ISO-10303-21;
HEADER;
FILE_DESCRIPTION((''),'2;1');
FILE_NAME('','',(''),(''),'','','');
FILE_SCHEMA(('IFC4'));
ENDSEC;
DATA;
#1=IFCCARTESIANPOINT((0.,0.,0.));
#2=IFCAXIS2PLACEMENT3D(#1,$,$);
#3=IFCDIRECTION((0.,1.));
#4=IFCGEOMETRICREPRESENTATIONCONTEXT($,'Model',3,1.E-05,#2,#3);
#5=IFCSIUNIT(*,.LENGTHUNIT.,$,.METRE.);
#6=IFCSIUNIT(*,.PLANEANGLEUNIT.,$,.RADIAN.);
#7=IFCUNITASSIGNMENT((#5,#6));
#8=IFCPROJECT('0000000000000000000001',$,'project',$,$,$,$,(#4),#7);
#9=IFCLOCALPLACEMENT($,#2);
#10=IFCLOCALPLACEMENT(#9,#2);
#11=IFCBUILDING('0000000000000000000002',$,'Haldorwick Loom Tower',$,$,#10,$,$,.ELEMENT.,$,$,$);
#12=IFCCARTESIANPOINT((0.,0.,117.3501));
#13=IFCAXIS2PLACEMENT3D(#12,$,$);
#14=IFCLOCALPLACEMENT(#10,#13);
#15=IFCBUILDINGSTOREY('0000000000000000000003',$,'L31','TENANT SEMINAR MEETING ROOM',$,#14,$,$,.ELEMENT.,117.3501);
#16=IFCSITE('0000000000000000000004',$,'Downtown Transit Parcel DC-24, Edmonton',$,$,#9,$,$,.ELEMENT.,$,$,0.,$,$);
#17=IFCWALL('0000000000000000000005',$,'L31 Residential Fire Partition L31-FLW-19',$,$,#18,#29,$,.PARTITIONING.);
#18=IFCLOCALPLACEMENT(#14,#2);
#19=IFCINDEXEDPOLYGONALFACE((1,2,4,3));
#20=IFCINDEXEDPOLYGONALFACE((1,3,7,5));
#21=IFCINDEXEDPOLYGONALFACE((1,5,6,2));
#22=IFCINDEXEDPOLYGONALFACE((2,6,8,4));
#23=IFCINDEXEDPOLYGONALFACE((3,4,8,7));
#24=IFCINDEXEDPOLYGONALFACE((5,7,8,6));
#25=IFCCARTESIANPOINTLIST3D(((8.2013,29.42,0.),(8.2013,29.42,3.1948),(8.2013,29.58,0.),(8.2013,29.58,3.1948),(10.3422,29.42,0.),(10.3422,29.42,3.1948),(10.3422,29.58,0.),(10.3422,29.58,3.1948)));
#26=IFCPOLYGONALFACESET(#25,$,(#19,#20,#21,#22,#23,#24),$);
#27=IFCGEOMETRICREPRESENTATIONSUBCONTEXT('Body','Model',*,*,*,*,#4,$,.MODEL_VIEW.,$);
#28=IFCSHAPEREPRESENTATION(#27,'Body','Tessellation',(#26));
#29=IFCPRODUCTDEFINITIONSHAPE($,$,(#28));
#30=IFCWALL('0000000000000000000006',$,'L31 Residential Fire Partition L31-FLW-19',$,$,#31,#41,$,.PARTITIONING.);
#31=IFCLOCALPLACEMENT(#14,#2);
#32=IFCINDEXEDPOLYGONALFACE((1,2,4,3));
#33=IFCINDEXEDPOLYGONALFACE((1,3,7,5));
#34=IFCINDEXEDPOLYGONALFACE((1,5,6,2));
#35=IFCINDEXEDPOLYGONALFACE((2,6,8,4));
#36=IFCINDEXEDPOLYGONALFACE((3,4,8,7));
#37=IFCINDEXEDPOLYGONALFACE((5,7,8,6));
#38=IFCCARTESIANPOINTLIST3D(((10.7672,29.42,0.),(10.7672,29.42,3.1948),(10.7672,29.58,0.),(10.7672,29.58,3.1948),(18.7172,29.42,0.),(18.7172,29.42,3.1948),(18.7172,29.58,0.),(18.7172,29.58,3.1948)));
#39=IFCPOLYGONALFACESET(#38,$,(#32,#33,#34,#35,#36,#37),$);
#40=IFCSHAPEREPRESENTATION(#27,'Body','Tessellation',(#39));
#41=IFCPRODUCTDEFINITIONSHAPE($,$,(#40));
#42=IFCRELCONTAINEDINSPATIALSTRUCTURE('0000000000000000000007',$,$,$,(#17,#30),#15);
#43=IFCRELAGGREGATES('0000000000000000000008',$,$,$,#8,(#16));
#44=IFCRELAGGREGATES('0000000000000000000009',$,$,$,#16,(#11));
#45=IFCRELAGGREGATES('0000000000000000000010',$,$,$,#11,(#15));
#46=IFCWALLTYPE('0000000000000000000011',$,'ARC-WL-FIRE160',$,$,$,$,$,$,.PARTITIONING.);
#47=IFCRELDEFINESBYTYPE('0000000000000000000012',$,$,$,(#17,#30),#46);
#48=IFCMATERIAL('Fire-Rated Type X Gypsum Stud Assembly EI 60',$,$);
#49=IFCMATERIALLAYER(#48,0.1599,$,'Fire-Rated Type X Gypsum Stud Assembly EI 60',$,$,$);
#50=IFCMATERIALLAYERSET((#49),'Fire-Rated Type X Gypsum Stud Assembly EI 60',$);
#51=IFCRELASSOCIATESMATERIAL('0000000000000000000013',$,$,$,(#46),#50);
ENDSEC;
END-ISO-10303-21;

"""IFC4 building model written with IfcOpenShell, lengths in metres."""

from ifc_helpers import new_model, si_unit, direction, frame, frame_2d, origin, place, context, subcontext, project, spatial, rectangle, extrude, material, layer, layer_set, type_object, element, save


model = new_model("IFC4")

# Units and contexts
model_context = context("Model", 3, precision=1e-05, world=origin(), true_north=direction((0.0, 1.0)))
body_context = subcontext(model_context, "Body", "Model", "MODEL_VIEW")
ifc_project = project(units=[si_unit("LENGTHUNIT", "METRE"), si_unit("PLANEANGLEUNIT", "RADIAN")], contexts=[model_context])

# Site, building, storey
site_placement = place(None, origin())
site = spatial("IfcSite", under=ifc_project, at=site_placement, Name="Downtown Transit Parcel DC-24, Edmonton", CompositionType="ELEMENT", RefElevation=0.0)
building_placement = place(site_placement, origin())
building = spatial("IfcBuilding", under=site, at=building_placement, Name="Haldorwick Loom Tower", CompositionType="ELEMENT")
storey_placement = place(building_placement, frame((0.0, 0.0, 117.3501)))
storey = spatial("IfcBuildingStorey", under=building, at=storey_placement, Name="L31", Description="TENANT SEMINAR MEETING ROOM", CompositionType="ELEMENT", Elevation=117.3501)

# Shared definitions
ifc_material_1 = material(Name="Fire-Rated Type X Gypsum Stud Assembly EI 60")
ifc_layer_1 = layer(ifc_material_1, 0.1599, Name="Fire-Rated Type X Gypsum Stud Assembly EI 60")
ifc_layer_set_1 = layer_set([ifc_layer_1], Name="Fire-Rated Type X Gypsum Stud Assembly EI 60")
wall_type_1 = type_object("IfcWallType", Name="ARC-WL-FIRE160", PredefinedType="PARTITIONING", material=ifc_layer_set_1)

# Walls
wall_1_placement = place(storey_placement, frame((8.2014, 29.5, 0.0), z_axis=(0.0, 0.0, 1.0), x_axis=(1.0, 0.0, 0.0)))
element("IfcWall", 1, at=wall_1_placement, inside=storey, type_object=wall_type_1, Name="L31 Residential Fire Partition L31-FLW-19", PredefinedType="PARTITIONING", context=body_context, shape_type="SweptSolid", body=[
    extrude(rectangle(XDim=2.1409, YDim=0.1599, at=frame_2d((1.0703, 0.0))), origin(), (0.0, 0.0, 1.0), 3.1948),
])
wall_2_placement = place(storey_placement, frame((10.7671, 29.5, 0.0), z_axis=(0.0, 0.0, 1.0), x_axis=(1.0, 0.0, 0.0)))
element("IfcWall", 2, at=wall_2_placement, inside=storey, type_object=wall_type_1, Name="L31 Residential Fire Partition L31-FLW-19", PredefinedType="PARTITIONING", context=body_context, shape_type="SweptSolid", body=[
    extrude(rectangle(XDim=7.95, YDim=0.1599, at=frame_2d((3.9751, 0.0))), origin(), (0.0, 0.0, 1.0), 3.1948),
])

save(model, "model.ifc")
